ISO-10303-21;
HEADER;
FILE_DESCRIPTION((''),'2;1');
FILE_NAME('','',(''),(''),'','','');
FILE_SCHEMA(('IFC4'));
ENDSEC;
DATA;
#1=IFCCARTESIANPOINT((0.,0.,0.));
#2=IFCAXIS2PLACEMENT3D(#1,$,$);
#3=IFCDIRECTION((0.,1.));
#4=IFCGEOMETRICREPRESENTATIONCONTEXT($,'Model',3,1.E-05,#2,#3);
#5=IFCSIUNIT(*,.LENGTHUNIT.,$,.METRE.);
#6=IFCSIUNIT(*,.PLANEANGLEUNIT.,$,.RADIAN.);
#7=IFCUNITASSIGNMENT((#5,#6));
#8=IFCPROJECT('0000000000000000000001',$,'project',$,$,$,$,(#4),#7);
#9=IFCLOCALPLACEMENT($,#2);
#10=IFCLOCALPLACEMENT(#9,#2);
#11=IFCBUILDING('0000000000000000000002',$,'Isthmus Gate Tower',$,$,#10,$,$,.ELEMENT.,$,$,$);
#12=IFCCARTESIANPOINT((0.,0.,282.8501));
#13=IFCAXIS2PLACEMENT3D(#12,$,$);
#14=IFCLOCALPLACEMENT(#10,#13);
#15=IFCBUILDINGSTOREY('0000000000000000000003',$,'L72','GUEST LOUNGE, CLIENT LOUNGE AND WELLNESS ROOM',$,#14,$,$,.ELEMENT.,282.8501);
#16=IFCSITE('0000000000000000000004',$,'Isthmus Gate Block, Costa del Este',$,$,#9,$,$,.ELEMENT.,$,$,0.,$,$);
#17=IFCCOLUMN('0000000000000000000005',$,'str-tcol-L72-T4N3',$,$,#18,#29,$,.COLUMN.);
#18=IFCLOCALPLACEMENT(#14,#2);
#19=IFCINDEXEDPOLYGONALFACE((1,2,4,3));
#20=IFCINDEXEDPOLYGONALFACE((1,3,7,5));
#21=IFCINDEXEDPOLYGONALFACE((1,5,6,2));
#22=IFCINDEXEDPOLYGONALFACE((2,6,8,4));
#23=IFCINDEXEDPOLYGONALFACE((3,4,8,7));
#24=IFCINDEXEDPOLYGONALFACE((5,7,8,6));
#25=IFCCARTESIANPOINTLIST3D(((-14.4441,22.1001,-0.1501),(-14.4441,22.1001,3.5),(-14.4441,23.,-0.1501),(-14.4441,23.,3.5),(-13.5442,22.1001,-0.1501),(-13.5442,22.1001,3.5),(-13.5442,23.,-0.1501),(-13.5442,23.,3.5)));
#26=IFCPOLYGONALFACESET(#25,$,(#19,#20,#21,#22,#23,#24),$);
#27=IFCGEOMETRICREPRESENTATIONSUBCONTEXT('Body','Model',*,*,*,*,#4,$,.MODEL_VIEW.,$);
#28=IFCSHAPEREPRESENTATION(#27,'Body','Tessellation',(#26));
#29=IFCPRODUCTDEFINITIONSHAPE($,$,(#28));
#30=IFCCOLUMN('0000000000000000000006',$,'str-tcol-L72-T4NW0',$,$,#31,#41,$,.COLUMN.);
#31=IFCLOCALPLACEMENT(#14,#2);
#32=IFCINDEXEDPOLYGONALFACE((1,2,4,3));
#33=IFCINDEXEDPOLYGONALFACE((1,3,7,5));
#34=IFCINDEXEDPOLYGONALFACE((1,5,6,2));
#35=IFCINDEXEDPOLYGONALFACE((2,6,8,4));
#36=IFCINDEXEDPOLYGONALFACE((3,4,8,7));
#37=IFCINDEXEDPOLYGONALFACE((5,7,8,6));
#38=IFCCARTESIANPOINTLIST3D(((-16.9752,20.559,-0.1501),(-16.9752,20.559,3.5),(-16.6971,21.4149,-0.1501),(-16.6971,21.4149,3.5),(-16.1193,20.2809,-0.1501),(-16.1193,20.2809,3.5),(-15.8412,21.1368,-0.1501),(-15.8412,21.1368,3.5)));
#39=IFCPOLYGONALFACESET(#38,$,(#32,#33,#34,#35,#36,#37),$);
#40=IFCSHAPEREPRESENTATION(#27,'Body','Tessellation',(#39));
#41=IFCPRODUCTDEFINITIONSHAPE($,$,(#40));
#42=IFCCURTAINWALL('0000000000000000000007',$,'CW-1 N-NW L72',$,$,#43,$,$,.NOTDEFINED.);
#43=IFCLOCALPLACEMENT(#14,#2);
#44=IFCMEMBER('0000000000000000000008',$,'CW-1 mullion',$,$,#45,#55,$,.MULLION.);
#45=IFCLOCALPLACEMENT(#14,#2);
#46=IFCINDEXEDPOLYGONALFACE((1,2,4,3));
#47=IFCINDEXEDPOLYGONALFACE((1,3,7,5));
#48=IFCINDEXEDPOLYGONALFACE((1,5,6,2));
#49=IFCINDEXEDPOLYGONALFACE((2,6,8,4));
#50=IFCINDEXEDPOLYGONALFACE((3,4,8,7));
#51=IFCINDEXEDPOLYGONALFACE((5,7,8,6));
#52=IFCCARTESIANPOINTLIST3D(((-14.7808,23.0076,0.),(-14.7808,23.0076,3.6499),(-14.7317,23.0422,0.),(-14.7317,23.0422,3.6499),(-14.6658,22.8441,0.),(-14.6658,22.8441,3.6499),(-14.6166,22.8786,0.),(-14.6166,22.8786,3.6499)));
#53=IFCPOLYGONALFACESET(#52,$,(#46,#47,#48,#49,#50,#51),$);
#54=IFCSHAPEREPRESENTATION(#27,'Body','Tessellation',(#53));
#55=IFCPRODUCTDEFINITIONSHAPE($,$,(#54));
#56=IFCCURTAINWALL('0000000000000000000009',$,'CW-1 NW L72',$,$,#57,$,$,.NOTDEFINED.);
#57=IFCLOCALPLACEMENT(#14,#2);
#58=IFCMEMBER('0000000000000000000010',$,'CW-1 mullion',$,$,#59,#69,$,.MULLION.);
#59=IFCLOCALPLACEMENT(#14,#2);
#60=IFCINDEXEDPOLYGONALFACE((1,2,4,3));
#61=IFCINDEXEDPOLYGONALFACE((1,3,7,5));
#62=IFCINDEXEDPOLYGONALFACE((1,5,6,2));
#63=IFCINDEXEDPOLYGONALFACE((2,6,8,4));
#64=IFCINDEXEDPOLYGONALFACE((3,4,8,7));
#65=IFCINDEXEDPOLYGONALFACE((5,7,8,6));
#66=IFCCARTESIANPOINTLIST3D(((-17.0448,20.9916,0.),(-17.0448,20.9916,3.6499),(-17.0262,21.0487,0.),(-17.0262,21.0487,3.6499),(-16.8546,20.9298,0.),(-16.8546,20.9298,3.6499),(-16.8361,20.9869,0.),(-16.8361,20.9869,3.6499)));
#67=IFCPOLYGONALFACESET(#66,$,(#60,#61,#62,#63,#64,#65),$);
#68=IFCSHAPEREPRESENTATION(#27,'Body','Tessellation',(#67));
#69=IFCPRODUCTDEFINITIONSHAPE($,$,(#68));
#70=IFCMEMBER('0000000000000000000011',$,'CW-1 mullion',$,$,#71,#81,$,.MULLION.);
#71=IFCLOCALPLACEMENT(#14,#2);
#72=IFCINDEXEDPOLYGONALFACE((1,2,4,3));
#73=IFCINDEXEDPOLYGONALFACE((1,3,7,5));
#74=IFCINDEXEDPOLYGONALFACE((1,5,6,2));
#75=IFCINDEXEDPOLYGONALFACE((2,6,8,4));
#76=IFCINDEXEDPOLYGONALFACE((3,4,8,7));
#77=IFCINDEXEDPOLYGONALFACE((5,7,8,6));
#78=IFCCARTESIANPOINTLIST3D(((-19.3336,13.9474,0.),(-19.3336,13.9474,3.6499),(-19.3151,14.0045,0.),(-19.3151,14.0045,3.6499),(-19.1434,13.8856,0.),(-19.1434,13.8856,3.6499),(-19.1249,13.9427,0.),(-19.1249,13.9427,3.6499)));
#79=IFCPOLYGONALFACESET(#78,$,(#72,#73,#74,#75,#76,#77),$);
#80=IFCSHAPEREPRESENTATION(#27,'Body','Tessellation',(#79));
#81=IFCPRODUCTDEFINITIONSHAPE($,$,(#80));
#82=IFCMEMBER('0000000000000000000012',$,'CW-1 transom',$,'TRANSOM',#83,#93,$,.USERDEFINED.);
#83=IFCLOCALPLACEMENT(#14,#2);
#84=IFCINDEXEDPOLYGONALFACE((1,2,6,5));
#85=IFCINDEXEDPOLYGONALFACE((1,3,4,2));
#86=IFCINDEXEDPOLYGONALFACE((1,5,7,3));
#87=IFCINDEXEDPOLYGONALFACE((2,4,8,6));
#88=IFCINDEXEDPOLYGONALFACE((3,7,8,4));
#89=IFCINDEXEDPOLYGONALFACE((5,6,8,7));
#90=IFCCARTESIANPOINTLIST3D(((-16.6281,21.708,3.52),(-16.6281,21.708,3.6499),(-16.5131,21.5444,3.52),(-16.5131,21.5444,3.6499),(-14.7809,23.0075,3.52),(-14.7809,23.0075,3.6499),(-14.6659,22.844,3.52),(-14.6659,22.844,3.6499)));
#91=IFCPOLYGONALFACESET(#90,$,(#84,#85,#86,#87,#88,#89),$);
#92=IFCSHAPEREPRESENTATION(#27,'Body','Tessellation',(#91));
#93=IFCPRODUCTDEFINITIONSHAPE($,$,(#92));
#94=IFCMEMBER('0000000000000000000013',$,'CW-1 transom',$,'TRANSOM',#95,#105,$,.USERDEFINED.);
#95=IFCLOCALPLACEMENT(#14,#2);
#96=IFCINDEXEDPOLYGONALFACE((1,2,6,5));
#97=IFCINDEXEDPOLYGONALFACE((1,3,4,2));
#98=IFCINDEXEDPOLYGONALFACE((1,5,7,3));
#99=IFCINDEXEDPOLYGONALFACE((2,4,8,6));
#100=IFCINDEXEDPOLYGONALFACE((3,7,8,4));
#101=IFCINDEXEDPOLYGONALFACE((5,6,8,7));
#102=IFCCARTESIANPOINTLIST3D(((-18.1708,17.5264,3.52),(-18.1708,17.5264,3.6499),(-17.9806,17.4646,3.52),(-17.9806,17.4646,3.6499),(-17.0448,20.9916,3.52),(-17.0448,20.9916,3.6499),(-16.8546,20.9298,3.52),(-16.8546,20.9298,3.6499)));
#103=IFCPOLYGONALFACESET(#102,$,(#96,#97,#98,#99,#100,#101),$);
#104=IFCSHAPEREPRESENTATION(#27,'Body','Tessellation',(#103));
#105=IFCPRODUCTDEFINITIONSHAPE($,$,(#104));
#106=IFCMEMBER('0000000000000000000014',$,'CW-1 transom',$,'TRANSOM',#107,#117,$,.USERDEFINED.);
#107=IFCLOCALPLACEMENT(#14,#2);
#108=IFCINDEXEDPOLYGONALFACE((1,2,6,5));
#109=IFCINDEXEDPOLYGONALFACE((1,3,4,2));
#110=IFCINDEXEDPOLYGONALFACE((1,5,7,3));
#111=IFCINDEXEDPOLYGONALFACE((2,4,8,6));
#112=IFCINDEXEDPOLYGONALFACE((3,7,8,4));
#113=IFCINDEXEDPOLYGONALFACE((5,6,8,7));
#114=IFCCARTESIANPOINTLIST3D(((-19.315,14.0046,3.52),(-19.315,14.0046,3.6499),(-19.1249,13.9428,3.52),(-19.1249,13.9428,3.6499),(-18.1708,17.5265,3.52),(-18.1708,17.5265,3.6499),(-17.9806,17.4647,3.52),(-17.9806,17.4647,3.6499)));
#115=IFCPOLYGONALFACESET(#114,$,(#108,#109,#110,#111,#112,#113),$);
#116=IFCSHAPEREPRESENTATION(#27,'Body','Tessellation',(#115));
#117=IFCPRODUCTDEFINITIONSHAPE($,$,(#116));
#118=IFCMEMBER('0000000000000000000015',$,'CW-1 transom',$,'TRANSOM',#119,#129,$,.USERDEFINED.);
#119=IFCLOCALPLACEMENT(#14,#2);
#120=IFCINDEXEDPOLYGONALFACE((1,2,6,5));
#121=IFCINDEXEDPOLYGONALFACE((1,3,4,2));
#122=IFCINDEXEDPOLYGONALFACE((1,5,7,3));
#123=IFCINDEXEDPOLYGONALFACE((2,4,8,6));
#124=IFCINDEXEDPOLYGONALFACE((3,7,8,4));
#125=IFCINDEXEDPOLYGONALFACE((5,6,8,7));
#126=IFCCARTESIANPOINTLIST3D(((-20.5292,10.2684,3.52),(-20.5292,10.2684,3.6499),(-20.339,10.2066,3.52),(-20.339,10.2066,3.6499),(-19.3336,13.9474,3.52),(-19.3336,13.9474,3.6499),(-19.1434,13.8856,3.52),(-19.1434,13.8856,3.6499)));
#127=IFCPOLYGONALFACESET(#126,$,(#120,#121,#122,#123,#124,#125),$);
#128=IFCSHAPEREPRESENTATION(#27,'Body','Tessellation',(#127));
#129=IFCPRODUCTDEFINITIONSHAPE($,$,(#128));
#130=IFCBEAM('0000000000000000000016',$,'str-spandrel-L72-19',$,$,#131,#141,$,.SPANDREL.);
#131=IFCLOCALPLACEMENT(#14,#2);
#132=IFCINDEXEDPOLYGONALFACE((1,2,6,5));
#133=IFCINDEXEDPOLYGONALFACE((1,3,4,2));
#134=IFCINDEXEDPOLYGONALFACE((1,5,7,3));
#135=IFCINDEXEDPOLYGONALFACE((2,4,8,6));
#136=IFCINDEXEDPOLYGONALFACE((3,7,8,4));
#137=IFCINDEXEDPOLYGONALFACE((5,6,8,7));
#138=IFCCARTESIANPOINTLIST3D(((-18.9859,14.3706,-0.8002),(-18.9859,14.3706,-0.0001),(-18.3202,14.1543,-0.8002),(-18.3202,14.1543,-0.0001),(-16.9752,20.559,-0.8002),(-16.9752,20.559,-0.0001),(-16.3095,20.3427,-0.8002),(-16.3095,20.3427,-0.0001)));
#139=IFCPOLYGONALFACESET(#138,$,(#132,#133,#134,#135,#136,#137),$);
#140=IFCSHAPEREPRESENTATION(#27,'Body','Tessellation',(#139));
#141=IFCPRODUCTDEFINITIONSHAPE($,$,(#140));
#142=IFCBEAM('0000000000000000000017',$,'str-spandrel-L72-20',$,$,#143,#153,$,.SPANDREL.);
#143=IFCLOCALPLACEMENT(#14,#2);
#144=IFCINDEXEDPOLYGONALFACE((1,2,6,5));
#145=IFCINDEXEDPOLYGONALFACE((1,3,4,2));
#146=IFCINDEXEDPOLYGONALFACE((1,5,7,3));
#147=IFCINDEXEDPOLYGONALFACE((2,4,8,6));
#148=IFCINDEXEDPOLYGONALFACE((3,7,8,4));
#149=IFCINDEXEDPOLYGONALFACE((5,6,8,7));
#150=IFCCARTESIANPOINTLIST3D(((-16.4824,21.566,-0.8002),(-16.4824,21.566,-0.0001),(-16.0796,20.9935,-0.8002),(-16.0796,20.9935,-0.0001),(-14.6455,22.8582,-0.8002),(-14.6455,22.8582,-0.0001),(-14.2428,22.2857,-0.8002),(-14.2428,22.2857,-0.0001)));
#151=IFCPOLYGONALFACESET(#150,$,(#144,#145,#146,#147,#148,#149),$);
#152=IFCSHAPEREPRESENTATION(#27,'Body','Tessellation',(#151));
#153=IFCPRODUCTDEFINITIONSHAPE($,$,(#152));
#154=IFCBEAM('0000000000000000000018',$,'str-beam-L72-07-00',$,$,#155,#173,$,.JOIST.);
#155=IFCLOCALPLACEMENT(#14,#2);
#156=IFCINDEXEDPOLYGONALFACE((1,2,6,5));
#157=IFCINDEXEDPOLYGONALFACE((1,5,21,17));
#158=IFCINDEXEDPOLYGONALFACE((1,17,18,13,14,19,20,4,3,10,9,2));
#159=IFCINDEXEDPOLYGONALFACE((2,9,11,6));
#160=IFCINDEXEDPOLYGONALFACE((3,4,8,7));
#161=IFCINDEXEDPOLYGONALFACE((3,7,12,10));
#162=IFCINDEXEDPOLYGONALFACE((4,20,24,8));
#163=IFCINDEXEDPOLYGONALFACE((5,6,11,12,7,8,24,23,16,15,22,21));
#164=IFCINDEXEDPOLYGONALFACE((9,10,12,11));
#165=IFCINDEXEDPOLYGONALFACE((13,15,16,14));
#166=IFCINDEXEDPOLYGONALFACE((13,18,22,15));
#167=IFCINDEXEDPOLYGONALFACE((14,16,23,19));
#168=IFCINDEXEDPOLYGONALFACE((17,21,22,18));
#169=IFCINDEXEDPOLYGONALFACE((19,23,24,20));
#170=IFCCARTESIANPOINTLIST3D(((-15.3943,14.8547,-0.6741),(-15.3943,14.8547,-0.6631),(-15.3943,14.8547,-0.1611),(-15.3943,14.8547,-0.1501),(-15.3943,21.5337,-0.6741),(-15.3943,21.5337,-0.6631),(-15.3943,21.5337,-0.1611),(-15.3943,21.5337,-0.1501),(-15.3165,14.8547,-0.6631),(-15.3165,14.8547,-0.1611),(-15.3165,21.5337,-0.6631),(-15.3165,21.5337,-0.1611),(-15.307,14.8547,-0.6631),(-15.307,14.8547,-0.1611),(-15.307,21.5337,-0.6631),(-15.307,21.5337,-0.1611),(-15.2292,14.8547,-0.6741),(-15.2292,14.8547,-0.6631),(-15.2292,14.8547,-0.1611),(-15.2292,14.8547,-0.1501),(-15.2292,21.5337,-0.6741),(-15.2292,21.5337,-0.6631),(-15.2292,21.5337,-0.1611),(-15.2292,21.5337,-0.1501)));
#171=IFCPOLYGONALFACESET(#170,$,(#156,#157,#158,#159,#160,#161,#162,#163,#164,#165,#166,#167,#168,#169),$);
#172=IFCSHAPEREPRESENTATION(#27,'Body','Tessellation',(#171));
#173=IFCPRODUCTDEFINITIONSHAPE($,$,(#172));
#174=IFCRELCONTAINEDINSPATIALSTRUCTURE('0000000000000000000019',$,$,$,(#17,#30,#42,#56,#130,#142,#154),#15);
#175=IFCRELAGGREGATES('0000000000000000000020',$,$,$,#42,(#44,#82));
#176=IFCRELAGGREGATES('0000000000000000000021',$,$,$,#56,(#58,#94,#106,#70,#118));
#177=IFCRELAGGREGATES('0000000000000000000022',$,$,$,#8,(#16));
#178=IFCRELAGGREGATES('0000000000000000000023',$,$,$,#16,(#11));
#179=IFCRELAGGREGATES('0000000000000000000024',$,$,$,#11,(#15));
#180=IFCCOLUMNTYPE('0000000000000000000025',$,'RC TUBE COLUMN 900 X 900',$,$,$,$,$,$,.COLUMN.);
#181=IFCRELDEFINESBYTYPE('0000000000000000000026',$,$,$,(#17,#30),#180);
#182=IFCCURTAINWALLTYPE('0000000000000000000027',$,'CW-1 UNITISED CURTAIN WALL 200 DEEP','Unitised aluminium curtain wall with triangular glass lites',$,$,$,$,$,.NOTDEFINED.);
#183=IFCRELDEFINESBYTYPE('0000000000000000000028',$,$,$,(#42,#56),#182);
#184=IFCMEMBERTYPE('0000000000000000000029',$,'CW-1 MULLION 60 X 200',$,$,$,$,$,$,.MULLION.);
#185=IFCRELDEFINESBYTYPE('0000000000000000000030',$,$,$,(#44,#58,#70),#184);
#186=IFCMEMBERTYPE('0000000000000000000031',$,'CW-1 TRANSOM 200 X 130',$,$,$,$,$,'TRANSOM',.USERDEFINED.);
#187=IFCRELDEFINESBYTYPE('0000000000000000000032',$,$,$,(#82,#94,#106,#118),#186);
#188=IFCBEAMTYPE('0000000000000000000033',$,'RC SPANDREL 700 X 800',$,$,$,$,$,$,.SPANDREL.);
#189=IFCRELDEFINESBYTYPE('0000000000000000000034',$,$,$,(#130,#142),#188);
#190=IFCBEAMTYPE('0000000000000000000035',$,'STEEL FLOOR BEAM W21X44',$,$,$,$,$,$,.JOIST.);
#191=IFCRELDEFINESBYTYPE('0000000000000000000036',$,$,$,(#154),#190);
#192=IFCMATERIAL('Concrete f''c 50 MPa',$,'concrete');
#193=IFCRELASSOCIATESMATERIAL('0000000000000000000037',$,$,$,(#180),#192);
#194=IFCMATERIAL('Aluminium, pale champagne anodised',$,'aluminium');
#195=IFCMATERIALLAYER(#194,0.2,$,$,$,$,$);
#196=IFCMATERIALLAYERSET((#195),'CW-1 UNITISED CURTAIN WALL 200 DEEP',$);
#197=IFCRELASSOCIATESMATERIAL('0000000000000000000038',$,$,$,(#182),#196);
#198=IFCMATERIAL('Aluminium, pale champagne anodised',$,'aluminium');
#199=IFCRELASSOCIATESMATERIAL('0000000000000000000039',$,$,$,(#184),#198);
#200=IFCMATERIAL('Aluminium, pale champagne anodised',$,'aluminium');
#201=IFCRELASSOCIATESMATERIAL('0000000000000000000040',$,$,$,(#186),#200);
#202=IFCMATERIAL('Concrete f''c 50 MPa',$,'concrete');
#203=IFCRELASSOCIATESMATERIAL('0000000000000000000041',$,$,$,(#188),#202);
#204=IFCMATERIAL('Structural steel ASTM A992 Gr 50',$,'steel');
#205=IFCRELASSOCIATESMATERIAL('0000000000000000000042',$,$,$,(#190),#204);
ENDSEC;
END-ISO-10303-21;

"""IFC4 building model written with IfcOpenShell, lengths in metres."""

from ifc_helpers import new_model, si_unit, direction, frame, origin, origin_2d, place, context, subcontext, project, spatial, rectangle, i_section, extrude, material, layer, layer_set, material_profile, profile_set, type_object, element, aggregate, save


model = new_model("IFC4")

# Units and contexts
model_context = context("Model", 3, precision=1e-05, world=origin(), true_north=direction((0.0, 1.0)))
body_context = subcontext(model_context, "Body", "Model", "MODEL_VIEW")
ifc_project = project(units=[si_unit("LENGTHUNIT", "METRE"), si_unit("PLANEANGLEUNIT", "RADIAN")], contexts=[model_context])

# Site, building, storey
site_placement = place(None, origin())
site = spatial("IfcSite", under=ifc_project, at=site_placement, Name="Isthmus Gate Block, Costa del Este", CompositionType="ELEMENT", RefElevation=0.0)
building_placement = place(site_placement, origin())
building = spatial("IfcBuilding", under=site, at=building_placement, Name="Isthmus Gate Tower", CompositionType="ELEMENT")
storey_placement = place(building_placement, frame((0.0, 0.0, 282.8501)))
storey = spatial("IfcBuildingStorey", under=building, at=storey_placement, Name="L72", Description="GUEST LOUNGE, CLIENT LOUNGE AND WELLNESS ROOM", CompositionType="ELEMENT", Elevation=282.8501)

# Columns
ifc_material_1 = material(Name="Concrete f'c 50 MPa", Category="concrete")
ifc_material_profile_1 = material_profile(ifc_material_1, rectangle(XDim=0.8999, YDim=0.8999, at=origin_2d()), Name="RC 900X900")
ifc_profile_set_1 = profile_set([ifc_material_profile_1], Name="Concrete f'c 50 MPa")
column_type = type_object("IfcColumnType", Name="RC TUBE COLUMN 900 X 900", PredefinedType="COLUMN", material=ifc_profile_set_1)
for number, where, z_axis, x_axis, name in (
    (1, (-13.9941, 22.55, -0.1501), (0.0, 0.0, 1.0), (-1.0, 0.0, 0.0), "str-tcol-L72-T4N3"),
    (2, (-16.4082, 20.8479, -0.1501), (0.0, 0.0, 1.0), (-0.309017, -0.951057, 0.0), "str-tcol-L72-T4NW0"),
):
    element("IfcColumn", number, at=place(storey_placement, frame(where, z_axis=z_axis, x_axis=x_axis)), inside=storey, type_object=column_type, Name=name, PredefinedType="COLUMN", context=body_context, shape_type="SweptSolid", body=[
        extrude(rectangle(XDim=0.8999, YDim=0.8999, at=origin_2d()), origin(), (0.0, 0.0, 1.0), 3.6501),
    ])

# Curtain wall, member
ifc_material_2 = material(Name="Aluminium, pale champagne anodised", Category="aluminium")
ifc_layer_1 = layer(ifc_material_2, 0.2)
ifc_layer_set_1 = layer_set([ifc_layer_1], Name="CW-1 UNITISED CURTAIN WALL 200 DEEP")
curtain_wall_type = type_object("IfcCurtainWallType", Name="CW-1 UNITISED CURTAIN WALL 200 DEEP", Description="Unitised aluminium curtain wall with triangular glass lites", PredefinedType="NOTDEFINED", material=ifc_layer_set_1)
curtain_wall_1_placement = place(storey_placement, origin())
curtain_wall_1 = element("IfcCurtainWall", 3, at=curtain_wall_1_placement, inside=storey, type_object=curtain_wall_type, Name="CW-1 N-NW L72", PredefinedType="NOTDEFINED")
ifc_material_3 = material(Name="Aluminium, pale champagne anodised", Category="aluminium")
ifc_material_profile_2 = material_profile(ifc_material_3, rectangle(XDim=0.0601, YDim=0.2, at=origin_2d()), Name="60x200")
ifc_profile_set_2 = profile_set([ifc_material_profile_2], Name="Aluminium, pale champagne anodised")
member_type_1 = type_object("IfcMemberType", Name="CW-1 MULLION 60 X 200", PredefinedType="MULLION", material=ifc_profile_set_2)
member_1_placement = place(storey_placement, frame((-14.6987, 22.9431, 0.0), z_axis=(0.0, 0.0, 1.0), x_axis=(-0.81786, -0.575418, 0.0)))
member_1 = element("IfcMember", 4, at=member_1_placement, type_object=member_type_1, Name="CW-1 mullion", PredefinedType="MULLION", context=body_context, shape_type="SweptSolid", body=[
    extrude(rectangle(XDim=0.0601, YDim=0.2, at=origin_2d()), origin(), (0.0, 0.0, 1.0), 3.6499),
])

# Curtain wall, members
curtain_wall_2_placement = place(storey_placement, origin())
curtain_wall_2 = element("IfcCurtainWall", 5, at=curtain_wall_2_placement, inside=storey, type_object=curtain_wall_type, Name="CW-1 NW L72", PredefinedType="NOTDEFINED")
member_2_placement = place(storey_placement, frame((-16.9404, 20.9893, 0.0), z_axis=(0.0, 0.0, 1.0), x_axis=(-0.309017, -0.951057, 0.0)))
member_2 = element("IfcMember", 6, at=member_2_placement, type_object=member_type_1, Name="CW-1 mullion", PredefinedType="MULLION", context=body_context, shape_type="SweptSolid", body=[
    extrude(rectangle(XDim=0.0601, YDim=0.2, at=origin_2d()), origin(), (0.0, 0.0, 1.0), 3.6499),
])
member_3_placement = place(storey_placement, frame((-19.2292, 13.9451, 0.0), z_axis=(0.0, 0.0, 1.0), x_axis=(-0.309017, -0.951057, 0.0)))
member_3 = element("IfcMember", 7, at=member_3_placement, type_object=member_type_1, Name="CW-1 mullion", PredefinedType="MULLION", context=body_context, shape_type="SweptSolid", body=[
    extrude(rectangle(XDim=0.0601, YDim=0.2, at=origin_2d()), origin(), (0.0, 0.0, 1.0), 3.6499),
])

# Members
ifc_material_4 = material(Name="Aluminium, pale champagne anodised", Category="aluminium")
ifc_material_profile_3 = material_profile(ifc_material_4, rectangle(XDim=0.2, YDim=0.1299, at=origin_2d()), Name="200x130")
ifc_profile_set_3 = profile_set([ifc_material_profile_3], Name="Aluminium, pale champagne anodised")
member_type_2 = type_object("IfcMemberType", Name="CW-1 TRANSOM 200 X 130", ElementType="TRANSOM", PredefinedType="USERDEFINED", material=ifc_profile_set_3)
member_4_placement = place(storey_placement, frame((-14.7234, 22.9258, 3.585), z_axis=(-0.817869, -0.575405, 0.0), x_axis=(0.575405, -0.817869, 0.0)))
member_4 = element("IfcMember", 8, at=member_4_placement, type_object=member_type_2, Name="CW-1 transom", ObjectType="TRANSOM", PredefinedType="USERDEFINED", context=body_context, shape_type="SweptSolid", body=[
    extrude(rectangle(XDim=0.2, YDim=0.1299, at=origin_2d()), origin(), (0.0, 0.0, 1.0), 2.2585),
])
member_5_placement = place(storey_placement, frame((-16.9497, 20.9607, 3.585), z_axis=(-0.309042, -0.951048, 0.0), x_axis=(0.951048, -0.309042, 0.0)))
member_5 = element("IfcMember", 9, at=member_5_placement, type_object=member_type_2, Name="CW-1 transom", ObjectType="TRANSOM", PredefinedType="USERDEFINED", context=body_context, shape_type="SweptSolid", body=[
    extrude(rectangle(XDim=0.2, YDim=0.1299, at=origin_2d()), origin(), (0.0, 0.0, 1.0), 3.6436),
])
member_6_placement = place(storey_placement, frame((-18.0757, 17.4956, 3.585), z_axis=(-0.309, -0.951062, 0.0), x_axis=(0.951062, -0.309, 0.0)))
member_6 = element("IfcMember", 10, at=member_6_placement, type_object=member_type_2, Name="CW-1 transom", ObjectType="TRANSOM", PredefinedType="USERDEFINED", context=body_context, shape_type="SweptSolid", body=[
    extrude(rectangle(XDim=0.2, YDim=0.1299, at=origin_2d()), origin(), (0.0, 0.0, 1.0), 3.7031),
])
member_7_placement = place(storey_placement, frame((-19.2385, 13.9165, 3.585), z_axis=(-0.309062, -0.951042, 0.0), x_axis=(0.951042, -0.309062, 0.0)))
member_7 = element("IfcMember", 11, at=member_7_placement, type_object=member_type_2, Name="CW-1 transom", ObjectType="TRANSOM", PredefinedType="USERDEFINED", context=body_context, shape_type="SweptSolid", body=[
    extrude(rectangle(XDim=0.2, YDim=0.1299, at=origin_2d()), origin(), (0.0, 0.0, 1.0), 3.8684),
])

# Beams
ifc_material_5 = material(Name="Concrete f'c 50 MPa", Category="concrete")
ifc_material_profile_4 = material_profile(ifc_material_5, rectangle(XDim=0.7, YDim=0.8, at=origin_2d()), Name="RC 700X800")
ifc_profile_set_4 = profile_set([ifc_material_profile_4], Name="Concrete f'c 50 MPa")
beam_type_1 = type_object("IfcBeamType", Name="RC SPANDREL 700 X 800", PredefinedType="SPANDREL", material=ifc_profile_set_4)
beam_1_placement = place(storey_placement, frame((-18.6531, 14.2625, -0.4001), z_axis=(0.309015, 0.951057, 0.0), x_axis=(-0.951057, 0.309015, 0.0)))
element("IfcBeam", 12, at=beam_1_placement, inside=storey, type_object=beam_type_1, Name="str-spandrel-L72-19", PredefinedType="SPANDREL", context=body_context, shape_type="SweptSolid", body=[
    extrude(rectangle(XDim=0.7, YDim=0.8, at=origin_2d()), origin(), (0.0, 0.0, 1.0), 6.5068),
])
beam_2_placement = place(storey_placement, frame((-16.281, 21.2798, -0.4001), z_axis=(0.817892, 0.575372, 0.0), x_axis=(-0.575372, 0.817892, 0.0)))
element("IfcBeam", 13, at=beam_2_placement, inside=storey, type_object=beam_type_1, Name="str-spandrel-L72-20", PredefinedType="SPANDREL", context=body_context, shape_type="SweptSolid", body=[
    extrude(rectangle(XDim=0.7, YDim=0.8, at=origin_2d()), origin(), (0.0, 0.0, 1.0), 2.2458),
])
ifc_material_6 = material(Name="Structural steel ASTM A992 Gr 50", Category="steel")
ifc_material_profile_5 = material_profile(ifc_material_6, i_section(OverallWidth=0.165, OverallDepth=0.5239, WebThickness=0.0095, FlangeThickness=0.011, at=origin_2d()), Name="W21X44")
ifc_profile_set_5 = profile_set([ifc_material_profile_5], Name="Structural steel ASTM A992 Gr 50")
beam_type_2 = type_object("IfcBeamType", Name="STEEL FLOOR BEAM W21X44", PredefinedType="JOIST", material=ifc_profile_set_5)
beam_3_placement = place(storey_placement, frame((-15.3118, 14.8547, -0.4121), z_axis=(0.0, 1.0, 0.0), x_axis=(-1.0, 0.0, 0.0)))
element("IfcBeam", 14, at=beam_3_placement, inside=storey, type_object=beam_type_2, Name="str-beam-L72-07-00", PredefinedType="JOIST", context=body_context, shape_type="SweptSolid", body=[
    extrude(i_section(OverallWidth=0.165, OverallDepth=0.5239, WebThickness=0.0095, FlangeThickness=0.011, at=origin_2d()), origin(), (0.0, 0.0, 1.0), 6.679),
])

aggregate(curtain_wall_1, [member_1, member_4])

aggregate(curtain_wall_2, [member_2, member_5, member_6, member_3, member_7])

save(model, "model.ifc")
